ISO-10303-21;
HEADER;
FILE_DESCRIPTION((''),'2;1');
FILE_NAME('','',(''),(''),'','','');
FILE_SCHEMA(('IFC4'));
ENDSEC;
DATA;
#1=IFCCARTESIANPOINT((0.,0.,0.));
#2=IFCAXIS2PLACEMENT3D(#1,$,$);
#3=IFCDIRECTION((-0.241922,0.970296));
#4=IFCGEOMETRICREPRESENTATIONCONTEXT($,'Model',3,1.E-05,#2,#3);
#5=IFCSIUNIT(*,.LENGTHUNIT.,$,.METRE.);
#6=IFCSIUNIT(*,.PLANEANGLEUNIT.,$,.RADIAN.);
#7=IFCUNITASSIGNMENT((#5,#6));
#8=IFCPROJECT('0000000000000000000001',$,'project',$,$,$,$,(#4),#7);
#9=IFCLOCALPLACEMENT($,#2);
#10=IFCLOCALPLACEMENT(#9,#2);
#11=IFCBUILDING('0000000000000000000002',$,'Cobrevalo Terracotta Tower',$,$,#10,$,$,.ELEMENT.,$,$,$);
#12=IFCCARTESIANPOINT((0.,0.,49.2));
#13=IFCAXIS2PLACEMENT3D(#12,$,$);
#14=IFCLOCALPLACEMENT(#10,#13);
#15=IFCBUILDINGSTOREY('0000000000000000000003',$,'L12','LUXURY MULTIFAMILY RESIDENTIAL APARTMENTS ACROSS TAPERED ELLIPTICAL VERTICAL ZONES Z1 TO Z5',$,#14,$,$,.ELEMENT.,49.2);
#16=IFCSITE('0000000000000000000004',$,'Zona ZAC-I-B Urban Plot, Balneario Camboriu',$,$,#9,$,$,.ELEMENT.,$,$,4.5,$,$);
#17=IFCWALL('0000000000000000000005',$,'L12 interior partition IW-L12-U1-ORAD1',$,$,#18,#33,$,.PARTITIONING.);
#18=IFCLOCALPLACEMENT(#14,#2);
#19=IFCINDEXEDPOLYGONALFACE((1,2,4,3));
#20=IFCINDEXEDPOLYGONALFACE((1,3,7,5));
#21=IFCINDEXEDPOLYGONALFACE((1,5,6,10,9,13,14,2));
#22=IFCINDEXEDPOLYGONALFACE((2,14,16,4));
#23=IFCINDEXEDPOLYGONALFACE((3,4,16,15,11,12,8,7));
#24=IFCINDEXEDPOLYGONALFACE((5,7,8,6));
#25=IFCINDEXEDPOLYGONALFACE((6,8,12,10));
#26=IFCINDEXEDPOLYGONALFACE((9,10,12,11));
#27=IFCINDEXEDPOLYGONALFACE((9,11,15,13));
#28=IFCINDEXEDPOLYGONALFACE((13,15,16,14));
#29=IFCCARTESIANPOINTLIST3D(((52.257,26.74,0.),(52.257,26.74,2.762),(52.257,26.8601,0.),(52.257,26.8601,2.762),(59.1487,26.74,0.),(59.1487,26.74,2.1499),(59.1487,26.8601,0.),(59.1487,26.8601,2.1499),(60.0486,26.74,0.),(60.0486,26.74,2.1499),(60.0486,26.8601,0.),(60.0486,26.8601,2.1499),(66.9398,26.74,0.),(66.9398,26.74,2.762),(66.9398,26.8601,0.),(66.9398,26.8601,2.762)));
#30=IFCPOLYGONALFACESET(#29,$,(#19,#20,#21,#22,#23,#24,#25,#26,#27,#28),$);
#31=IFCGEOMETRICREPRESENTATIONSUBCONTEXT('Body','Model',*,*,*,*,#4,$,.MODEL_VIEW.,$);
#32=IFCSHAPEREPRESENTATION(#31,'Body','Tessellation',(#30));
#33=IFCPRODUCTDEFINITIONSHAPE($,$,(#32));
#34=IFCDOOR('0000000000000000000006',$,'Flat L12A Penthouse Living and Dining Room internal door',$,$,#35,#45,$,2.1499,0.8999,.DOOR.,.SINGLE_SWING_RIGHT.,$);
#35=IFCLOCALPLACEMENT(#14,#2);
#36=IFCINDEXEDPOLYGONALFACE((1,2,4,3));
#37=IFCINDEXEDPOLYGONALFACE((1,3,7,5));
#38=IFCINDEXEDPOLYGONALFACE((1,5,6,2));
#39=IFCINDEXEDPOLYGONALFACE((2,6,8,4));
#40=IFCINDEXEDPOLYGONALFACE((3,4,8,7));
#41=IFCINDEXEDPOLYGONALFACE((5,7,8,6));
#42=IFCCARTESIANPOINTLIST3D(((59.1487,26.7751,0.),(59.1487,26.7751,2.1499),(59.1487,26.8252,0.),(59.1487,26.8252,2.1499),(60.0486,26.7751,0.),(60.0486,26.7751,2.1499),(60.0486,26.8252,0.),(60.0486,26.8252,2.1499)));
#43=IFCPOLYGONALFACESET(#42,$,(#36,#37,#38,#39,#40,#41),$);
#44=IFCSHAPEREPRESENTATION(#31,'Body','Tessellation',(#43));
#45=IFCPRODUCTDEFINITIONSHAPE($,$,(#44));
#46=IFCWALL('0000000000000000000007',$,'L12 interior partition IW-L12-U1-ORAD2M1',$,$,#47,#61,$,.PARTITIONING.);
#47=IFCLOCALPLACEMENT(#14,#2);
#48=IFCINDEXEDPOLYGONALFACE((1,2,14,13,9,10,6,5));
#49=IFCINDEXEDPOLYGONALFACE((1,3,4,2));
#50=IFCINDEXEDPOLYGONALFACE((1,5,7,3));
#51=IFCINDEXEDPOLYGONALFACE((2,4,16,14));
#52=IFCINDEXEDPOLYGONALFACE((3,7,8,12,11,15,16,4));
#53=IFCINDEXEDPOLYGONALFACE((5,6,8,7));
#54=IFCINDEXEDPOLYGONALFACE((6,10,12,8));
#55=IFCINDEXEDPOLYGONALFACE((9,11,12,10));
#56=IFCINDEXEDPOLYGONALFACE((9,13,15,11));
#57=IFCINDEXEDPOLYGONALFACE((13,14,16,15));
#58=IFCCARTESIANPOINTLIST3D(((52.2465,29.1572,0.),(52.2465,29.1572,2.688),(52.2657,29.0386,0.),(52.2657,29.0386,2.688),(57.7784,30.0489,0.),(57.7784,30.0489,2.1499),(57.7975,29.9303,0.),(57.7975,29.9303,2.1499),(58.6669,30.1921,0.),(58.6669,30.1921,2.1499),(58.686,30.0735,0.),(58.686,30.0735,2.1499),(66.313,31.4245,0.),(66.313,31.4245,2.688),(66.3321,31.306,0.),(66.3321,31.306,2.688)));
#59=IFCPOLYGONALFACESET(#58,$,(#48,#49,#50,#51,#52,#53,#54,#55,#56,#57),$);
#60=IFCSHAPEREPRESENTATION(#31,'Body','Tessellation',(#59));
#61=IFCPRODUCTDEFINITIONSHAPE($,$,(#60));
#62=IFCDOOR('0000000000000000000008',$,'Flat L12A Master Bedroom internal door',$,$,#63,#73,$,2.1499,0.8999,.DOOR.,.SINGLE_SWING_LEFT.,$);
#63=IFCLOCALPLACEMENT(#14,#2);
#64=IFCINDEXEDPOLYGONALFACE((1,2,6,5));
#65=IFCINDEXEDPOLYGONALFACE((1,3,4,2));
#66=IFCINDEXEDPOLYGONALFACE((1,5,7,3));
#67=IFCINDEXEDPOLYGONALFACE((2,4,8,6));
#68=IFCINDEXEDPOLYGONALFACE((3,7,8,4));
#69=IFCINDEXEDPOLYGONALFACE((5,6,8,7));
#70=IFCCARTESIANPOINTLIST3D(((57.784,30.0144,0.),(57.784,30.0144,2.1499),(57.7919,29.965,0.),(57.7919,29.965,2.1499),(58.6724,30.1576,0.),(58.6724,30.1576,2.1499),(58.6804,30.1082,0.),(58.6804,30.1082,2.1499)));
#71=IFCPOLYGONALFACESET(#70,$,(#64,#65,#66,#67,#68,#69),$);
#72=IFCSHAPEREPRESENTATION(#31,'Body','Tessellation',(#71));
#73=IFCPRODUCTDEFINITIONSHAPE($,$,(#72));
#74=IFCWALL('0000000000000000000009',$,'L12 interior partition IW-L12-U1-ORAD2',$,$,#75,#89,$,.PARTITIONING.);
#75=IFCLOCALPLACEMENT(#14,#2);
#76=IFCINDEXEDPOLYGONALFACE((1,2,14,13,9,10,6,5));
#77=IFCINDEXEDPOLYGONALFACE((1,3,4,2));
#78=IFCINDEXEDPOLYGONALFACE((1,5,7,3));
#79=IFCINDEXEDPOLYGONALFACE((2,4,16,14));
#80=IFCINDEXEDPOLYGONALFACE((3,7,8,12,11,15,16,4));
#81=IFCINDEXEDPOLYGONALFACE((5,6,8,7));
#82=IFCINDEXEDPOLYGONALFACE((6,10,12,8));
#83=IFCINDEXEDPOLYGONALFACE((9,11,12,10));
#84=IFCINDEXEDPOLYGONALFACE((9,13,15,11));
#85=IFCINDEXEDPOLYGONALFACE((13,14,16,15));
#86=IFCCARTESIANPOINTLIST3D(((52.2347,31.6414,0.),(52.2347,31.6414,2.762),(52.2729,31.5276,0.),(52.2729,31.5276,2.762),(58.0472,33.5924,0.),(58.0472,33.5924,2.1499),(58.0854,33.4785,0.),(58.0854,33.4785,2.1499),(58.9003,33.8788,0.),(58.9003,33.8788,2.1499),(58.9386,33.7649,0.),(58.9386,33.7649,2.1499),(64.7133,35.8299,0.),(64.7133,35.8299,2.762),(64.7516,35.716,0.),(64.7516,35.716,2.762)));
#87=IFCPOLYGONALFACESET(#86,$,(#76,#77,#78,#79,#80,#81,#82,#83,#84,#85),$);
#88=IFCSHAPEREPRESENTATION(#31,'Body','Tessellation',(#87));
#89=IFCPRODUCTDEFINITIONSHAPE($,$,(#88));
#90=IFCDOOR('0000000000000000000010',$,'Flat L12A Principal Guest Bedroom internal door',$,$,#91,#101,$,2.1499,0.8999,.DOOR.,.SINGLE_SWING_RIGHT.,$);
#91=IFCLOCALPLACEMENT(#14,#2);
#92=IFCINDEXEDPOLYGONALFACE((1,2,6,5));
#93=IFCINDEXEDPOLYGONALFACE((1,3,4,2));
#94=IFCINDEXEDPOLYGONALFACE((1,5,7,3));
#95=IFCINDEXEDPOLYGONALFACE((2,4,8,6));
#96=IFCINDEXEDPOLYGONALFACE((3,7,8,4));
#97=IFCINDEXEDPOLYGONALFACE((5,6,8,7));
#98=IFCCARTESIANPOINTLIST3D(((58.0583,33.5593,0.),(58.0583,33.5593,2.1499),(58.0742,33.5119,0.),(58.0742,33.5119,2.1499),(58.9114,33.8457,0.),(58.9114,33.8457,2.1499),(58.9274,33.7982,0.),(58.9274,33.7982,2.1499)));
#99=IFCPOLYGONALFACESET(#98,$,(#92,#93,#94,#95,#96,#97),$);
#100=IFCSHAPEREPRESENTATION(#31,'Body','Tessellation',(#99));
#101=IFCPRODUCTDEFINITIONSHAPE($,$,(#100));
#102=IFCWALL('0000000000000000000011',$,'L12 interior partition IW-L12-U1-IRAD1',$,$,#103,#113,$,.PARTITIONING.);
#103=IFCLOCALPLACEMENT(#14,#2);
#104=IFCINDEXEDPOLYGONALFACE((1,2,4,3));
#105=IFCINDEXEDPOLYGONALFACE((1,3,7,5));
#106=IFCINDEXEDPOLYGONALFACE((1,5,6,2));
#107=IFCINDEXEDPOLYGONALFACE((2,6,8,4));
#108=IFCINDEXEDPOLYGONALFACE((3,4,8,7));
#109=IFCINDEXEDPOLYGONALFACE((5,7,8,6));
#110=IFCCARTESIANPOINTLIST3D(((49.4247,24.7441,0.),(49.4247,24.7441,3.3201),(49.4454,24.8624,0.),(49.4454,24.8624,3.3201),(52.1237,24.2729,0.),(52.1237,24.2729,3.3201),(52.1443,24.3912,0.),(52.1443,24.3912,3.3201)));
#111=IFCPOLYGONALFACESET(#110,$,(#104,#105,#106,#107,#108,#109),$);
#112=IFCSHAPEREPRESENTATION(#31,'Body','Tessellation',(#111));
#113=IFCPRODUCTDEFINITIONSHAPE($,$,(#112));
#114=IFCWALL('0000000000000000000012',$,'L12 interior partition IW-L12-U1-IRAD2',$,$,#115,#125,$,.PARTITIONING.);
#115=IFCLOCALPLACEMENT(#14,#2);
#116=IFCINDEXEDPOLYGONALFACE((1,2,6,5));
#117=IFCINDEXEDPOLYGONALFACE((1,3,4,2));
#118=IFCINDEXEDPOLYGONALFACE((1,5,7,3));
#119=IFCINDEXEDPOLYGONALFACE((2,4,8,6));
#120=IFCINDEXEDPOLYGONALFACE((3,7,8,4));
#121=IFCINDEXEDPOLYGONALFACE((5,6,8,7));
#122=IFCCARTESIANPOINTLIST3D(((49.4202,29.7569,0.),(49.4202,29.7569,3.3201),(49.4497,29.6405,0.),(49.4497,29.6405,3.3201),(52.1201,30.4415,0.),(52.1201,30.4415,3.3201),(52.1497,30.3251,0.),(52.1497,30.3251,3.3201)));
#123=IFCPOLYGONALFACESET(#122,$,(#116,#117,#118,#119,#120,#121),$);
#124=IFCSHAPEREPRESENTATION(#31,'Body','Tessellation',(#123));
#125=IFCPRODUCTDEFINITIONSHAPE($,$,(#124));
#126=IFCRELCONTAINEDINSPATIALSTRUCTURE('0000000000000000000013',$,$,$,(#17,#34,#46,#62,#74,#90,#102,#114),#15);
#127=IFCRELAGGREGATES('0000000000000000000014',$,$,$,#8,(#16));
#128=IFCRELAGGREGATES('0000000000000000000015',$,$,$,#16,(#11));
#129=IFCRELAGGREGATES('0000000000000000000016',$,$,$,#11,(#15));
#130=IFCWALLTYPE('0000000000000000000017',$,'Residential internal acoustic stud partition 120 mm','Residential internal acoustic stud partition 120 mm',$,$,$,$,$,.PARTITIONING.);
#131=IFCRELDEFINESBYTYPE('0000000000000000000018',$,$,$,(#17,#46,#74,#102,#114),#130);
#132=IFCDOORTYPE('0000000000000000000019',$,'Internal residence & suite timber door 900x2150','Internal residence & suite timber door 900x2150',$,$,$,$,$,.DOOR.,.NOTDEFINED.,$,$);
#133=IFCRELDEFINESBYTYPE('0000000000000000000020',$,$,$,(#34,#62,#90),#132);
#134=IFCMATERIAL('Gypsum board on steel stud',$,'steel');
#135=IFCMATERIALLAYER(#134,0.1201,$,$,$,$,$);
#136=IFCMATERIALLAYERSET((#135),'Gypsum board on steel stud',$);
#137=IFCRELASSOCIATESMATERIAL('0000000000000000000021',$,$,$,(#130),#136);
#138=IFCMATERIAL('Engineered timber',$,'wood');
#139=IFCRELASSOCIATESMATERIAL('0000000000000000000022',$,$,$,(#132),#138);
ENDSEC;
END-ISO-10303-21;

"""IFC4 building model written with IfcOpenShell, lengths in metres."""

from ifc_helpers import new_model, si_unit, direction, frame, frame_2d, origin, place, context, subcontext, project, spatial, rectangle, extrude, source, transform, mapped, material, layer, layer_set, type_object, element, fill, save


model = new_model("IFC4")

# Units and contexts
model_context = context("Model", 3, precision=1e-05, world=origin(), true_north=direction((-0.241922, 0.970296)))
body_context = subcontext(model_context, "Body", "Model", "MODEL_VIEW")
ifc_project = project(units=[si_unit("LENGTHUNIT", "METRE"), si_unit("PLANEANGLEUNIT", "RADIAN")], contexts=[model_context])

# Site, building, storey
site_placement = place(None, origin())
site = spatial("IfcSite", under=ifc_project, at=site_placement, Name="Zona ZAC-I-B Urban Plot, Balneario Camboriu", CompositionType="ELEMENT", RefElevation=4.5)
building_placement = place(site_placement, origin())
building = spatial("IfcBuilding", under=site, at=building_placement, Name="Cobrevalo Terracotta Tower", CompositionType="ELEMENT")
storey_placement = place(building_placement, frame((0.0, 0.0, 49.2)))
storey = spatial("IfcBuildingStorey", under=building, at=storey_placement, Name="L12", Description="LUXURY MULTIFAMILY RESIDENTIAL APARTMENTS ACROSS TAPERED ELLIPTICAL VERTICAL ZONES Z1 TO Z5", CompositionType="ELEMENT", Elevation=49.2)

# Walls, openings, doors
ifc_material_1 = material(Name="Gypsum board on steel stud", Category="steel")
ifc_layer_1 = layer(ifc_material_1, 0.1201)
ifc_layer_set_1 = layer_set([ifc_layer_1], Name="Gypsum board on steel stud")
wall_type = type_object("IfcWallType", Name="Residential internal acoustic stud partition 120 mm", Description="Residential internal acoustic stud partition 120 mm", PredefinedType="PARTITIONING", material=ifc_layer_set_1)
wall_1_placement = place(storey_placement, frame((52.2571, 26.8, 0.0), z_axis=(0.0, 0.0, 1.0), x_axis=(1.0, 0.0, 0.0)))
wall_1 = element("IfcWall", 1, at=wall_1_placement, inside=storey, type_object=wall_type, Name="L12 interior partition IW-L12-U1-ORAD1", PredefinedType="PARTITIONING", context=body_context, shape_type="SweptSolid", body=[
    extrude(rectangle(XDim=14.6829, YDim=0.1201, at=frame_2d((7.3413, 0.0))), origin(), (0.0, 0.0, 1.0), 2.762),
])
opening_1_placement = place(wall_1_placement, frame((6.8916, 0.0, 0.0)))
opening_1 = element("IfcOpeningElement", 2, at=opening_1_placement, cuts=wall_1, PredefinedType="OPENING", context=body_context, shape_type="SweptSolid", body=[
    extrude(rectangle(XDim=0.8999, YDim=2.1499, at=frame_2d((0.45, 1.075))), frame((0.0, 0.0701, 0.0), z_axis=(0.0, -1.0, 0.0), x_axis=(1.0, 0.0, 0.0)), (0.0, 0.0, 1.0), 0.1401),
])
ifc_material_2 = material(Name="Engineered timber", Category="wood")
door_type = type_object("IfcDoorType", Name="Internal residence & suite timber door 900x2150", Description="Internal residence & suite timber door 900x2150", OperationType="NOTDEFINED", PredefinedType="DOOR", material=ifc_material_2)
shared_shape_1 = source(origin(), body_context, "Body", "SweptSolid", [
    extrude(rectangle(XDim=0.8999, YDim=2.1499, at=frame_2d((0.45, 1.075))), frame((0.0, 0.0249, 0.0), z_axis=(0.0, -1.0, 0.0), x_axis=(1.0, 0.0, 0.0)), (0.0, 0.0, 1.0), 0.05),
])
door_1_placement = place(opening_1_placement, frame((0.8999, 0.0, 0.0), z_axis=(0.0, 0.0, 1.0), x_axis=(-1.0, 0.0, 0.0)))
door_1 = element("IfcDoor", 3, at=door_1_placement, inside=storey, type_object=door_type, Name="Flat L12A Penthouse Living and Dining Room internal door", OperationType="SINGLE_SWING_RIGHT", OverallHeight=2.1499, OverallWidth=0.8999, PredefinedType="DOOR", context=body_context, shape_type="MappedRepresentation", body=[
    mapped(shared_shape_1, transform((0.0, 0.0, 0.0), scale=1.0)),
])
fill(opening_1, door_1)
wall_2_placement = place(storey_placement, frame((52.2561, 29.0979, 0.0), z_axis=(0.0, 0.0, 1.0), x_axis=(0.987257, 0.159134, 0.0)))
wall_2 = element("IfcWall", 4, at=wall_2_placement, inside=storey, type_object=wall_type, Name="L12 interior partition IW-L12-U1-ORAD2M1", PredefinedType="PARTITIONING", context=body_context, shape_type="SweptSolid", body=[
    extrude(rectangle(XDim=14.248, YDim=0.1201, at=frame_2d((7.124, 0.0))), origin(), (0.0, 0.0, 1.0), 2.688),
])
opening_2_placement = place(wall_2_placement, frame((5.6033, 0.0, 0.0)))
opening_2 = element("IfcOpeningElement", 5, at=opening_2_placement, cuts=wall_2, PredefinedType="OPENING", context=body_context, shape_type="SweptSolid", body=[
    extrude(rectangle(XDim=0.8999, YDim=2.1499, at=frame_2d((0.45, 1.075))), frame((0.0, 0.0701, 0.0), z_axis=(0.0, -1.0, 0.0), x_axis=(1.0, 0.0, 0.0)), (0.0, 0.0, 1.0), 0.1401),
])
door_2_placement = place(opening_2_placement, frame((0.8999, 0.0, 0.0), z_axis=(0.0, 0.0, 1.0), x_axis=(-1.0, 0.0, 0.0)))
door_2 = element("IfcDoor", 6, at=door_2_placement, inside=storey, type_object=door_type, Name="Flat L12A Master Bedroom internal door", OperationType="SINGLE_SWING_LEFT", OverallHeight=2.1499, OverallWidth=0.8999, PredefinedType="DOOR", context=body_context, shape_type="MappedRepresentation", body=[
    mapped(shared_shape_1, transform((0.0, 0.0, 0.0), scale=1.0)),
])
fill(opening_2, door_2)
wall_3_placement = place(storey_placement, frame((52.2537, 31.5845, 0.0), z_axis=(0.0, 0.0, 1.0), x_axis=(0.948023, 0.318202, 0.0)))
wall_3 = element("IfcWall", 7, at=wall_3_placement, inside=storey, type_object=wall_type, Name="L12 interior partition IW-L12-U1-ORAD2", PredefinedType="PARTITIONING", context=body_context, shape_type="SweptSolid", body=[
    extrude(rectangle(XDim=13.1628, YDim=0.1201, at=frame_2d((6.5815, 0.0))), origin(), (0.0, 0.0, 1.0), 2.762),
])
opening_3_placement = place(wall_3_placement, frame((6.1313, 0.0, 0.0)))
opening_3 = element("IfcOpeningElement", 8, at=opening_3_placement, cuts=wall_3, PredefinedType="OPENING", context=body_context, shape_type="SweptSolid", body=[
    extrude(rectangle(XDim=0.8999, YDim=2.1499, at=frame_2d((0.45, 1.075))), frame((0.0, 0.0701, 0.0), z_axis=(0.0, -1.0, 0.0), x_axis=(1.0, 0.0, 0.0)), (0.0, 0.0, 1.0), 0.1401),
])
door_3_placement = place(opening_3_placement, frame((0.8999, 0.0, 0.0), z_axis=(0.0, 0.0, 1.0), x_axis=(-1.0, 0.0, 0.0)))
door_3 = element("IfcDoor", 9, at=door_3_placement, inside=storey, type_object=door_type, Name="Flat L12A Principal Guest Bedroom internal door", OperationType="SINGLE_SWING_RIGHT", OverallHeight=2.1499, OverallWidth=0.8999, PredefinedType="DOOR", context=body_context, shape_type="MappedRepresentation", body=[
    mapped(shared_shape_1, transform((0.0, 0.0, 0.0), scale=1.0)),
])
fill(opening_3, door_3)

# Walls
wall_4_placement = place(storey_placement, frame((49.4351, 24.8032, 0.0), z_axis=(0.0, 0.0, 1.0), x_axis=(0.9851, -0.17198, 0.0)))
element("IfcWall", 10, at=wall_4_placement, inside=storey, type_object=wall_type, Name="L12 interior partition IW-L12-U1-IRAD1", PredefinedType="PARTITIONING", context=body_context, shape_type="SweptSolid", body=[
    extrude(rectangle(XDim=2.7397, YDim=0.1201, at=frame_2d((1.3699, 0.0))), origin(), (0.0, 0.0, 1.0), 3.3201),
])
wall_5_placement = place(storey_placement, frame((49.4351, 29.6987, 0.0), z_axis=(0.0, 0.0, 1.0), x_axis=(0.969328, 0.245772, 0.0)))
element("IfcWall", 11, at=wall_5_placement, inside=storey, type_object=wall_type, Name="L12 interior partition IW-L12-U1-IRAD2", PredefinedType="PARTITIONING", context=body_context, shape_type="SweptSolid", body=[
    extrude(rectangle(XDim=2.7854, YDim=0.1201, at=frame_2d((1.3926, 0.0))), origin(), (0.0, 0.0, 1.0), 3.3201),
])

save(model, "model.ifc")
